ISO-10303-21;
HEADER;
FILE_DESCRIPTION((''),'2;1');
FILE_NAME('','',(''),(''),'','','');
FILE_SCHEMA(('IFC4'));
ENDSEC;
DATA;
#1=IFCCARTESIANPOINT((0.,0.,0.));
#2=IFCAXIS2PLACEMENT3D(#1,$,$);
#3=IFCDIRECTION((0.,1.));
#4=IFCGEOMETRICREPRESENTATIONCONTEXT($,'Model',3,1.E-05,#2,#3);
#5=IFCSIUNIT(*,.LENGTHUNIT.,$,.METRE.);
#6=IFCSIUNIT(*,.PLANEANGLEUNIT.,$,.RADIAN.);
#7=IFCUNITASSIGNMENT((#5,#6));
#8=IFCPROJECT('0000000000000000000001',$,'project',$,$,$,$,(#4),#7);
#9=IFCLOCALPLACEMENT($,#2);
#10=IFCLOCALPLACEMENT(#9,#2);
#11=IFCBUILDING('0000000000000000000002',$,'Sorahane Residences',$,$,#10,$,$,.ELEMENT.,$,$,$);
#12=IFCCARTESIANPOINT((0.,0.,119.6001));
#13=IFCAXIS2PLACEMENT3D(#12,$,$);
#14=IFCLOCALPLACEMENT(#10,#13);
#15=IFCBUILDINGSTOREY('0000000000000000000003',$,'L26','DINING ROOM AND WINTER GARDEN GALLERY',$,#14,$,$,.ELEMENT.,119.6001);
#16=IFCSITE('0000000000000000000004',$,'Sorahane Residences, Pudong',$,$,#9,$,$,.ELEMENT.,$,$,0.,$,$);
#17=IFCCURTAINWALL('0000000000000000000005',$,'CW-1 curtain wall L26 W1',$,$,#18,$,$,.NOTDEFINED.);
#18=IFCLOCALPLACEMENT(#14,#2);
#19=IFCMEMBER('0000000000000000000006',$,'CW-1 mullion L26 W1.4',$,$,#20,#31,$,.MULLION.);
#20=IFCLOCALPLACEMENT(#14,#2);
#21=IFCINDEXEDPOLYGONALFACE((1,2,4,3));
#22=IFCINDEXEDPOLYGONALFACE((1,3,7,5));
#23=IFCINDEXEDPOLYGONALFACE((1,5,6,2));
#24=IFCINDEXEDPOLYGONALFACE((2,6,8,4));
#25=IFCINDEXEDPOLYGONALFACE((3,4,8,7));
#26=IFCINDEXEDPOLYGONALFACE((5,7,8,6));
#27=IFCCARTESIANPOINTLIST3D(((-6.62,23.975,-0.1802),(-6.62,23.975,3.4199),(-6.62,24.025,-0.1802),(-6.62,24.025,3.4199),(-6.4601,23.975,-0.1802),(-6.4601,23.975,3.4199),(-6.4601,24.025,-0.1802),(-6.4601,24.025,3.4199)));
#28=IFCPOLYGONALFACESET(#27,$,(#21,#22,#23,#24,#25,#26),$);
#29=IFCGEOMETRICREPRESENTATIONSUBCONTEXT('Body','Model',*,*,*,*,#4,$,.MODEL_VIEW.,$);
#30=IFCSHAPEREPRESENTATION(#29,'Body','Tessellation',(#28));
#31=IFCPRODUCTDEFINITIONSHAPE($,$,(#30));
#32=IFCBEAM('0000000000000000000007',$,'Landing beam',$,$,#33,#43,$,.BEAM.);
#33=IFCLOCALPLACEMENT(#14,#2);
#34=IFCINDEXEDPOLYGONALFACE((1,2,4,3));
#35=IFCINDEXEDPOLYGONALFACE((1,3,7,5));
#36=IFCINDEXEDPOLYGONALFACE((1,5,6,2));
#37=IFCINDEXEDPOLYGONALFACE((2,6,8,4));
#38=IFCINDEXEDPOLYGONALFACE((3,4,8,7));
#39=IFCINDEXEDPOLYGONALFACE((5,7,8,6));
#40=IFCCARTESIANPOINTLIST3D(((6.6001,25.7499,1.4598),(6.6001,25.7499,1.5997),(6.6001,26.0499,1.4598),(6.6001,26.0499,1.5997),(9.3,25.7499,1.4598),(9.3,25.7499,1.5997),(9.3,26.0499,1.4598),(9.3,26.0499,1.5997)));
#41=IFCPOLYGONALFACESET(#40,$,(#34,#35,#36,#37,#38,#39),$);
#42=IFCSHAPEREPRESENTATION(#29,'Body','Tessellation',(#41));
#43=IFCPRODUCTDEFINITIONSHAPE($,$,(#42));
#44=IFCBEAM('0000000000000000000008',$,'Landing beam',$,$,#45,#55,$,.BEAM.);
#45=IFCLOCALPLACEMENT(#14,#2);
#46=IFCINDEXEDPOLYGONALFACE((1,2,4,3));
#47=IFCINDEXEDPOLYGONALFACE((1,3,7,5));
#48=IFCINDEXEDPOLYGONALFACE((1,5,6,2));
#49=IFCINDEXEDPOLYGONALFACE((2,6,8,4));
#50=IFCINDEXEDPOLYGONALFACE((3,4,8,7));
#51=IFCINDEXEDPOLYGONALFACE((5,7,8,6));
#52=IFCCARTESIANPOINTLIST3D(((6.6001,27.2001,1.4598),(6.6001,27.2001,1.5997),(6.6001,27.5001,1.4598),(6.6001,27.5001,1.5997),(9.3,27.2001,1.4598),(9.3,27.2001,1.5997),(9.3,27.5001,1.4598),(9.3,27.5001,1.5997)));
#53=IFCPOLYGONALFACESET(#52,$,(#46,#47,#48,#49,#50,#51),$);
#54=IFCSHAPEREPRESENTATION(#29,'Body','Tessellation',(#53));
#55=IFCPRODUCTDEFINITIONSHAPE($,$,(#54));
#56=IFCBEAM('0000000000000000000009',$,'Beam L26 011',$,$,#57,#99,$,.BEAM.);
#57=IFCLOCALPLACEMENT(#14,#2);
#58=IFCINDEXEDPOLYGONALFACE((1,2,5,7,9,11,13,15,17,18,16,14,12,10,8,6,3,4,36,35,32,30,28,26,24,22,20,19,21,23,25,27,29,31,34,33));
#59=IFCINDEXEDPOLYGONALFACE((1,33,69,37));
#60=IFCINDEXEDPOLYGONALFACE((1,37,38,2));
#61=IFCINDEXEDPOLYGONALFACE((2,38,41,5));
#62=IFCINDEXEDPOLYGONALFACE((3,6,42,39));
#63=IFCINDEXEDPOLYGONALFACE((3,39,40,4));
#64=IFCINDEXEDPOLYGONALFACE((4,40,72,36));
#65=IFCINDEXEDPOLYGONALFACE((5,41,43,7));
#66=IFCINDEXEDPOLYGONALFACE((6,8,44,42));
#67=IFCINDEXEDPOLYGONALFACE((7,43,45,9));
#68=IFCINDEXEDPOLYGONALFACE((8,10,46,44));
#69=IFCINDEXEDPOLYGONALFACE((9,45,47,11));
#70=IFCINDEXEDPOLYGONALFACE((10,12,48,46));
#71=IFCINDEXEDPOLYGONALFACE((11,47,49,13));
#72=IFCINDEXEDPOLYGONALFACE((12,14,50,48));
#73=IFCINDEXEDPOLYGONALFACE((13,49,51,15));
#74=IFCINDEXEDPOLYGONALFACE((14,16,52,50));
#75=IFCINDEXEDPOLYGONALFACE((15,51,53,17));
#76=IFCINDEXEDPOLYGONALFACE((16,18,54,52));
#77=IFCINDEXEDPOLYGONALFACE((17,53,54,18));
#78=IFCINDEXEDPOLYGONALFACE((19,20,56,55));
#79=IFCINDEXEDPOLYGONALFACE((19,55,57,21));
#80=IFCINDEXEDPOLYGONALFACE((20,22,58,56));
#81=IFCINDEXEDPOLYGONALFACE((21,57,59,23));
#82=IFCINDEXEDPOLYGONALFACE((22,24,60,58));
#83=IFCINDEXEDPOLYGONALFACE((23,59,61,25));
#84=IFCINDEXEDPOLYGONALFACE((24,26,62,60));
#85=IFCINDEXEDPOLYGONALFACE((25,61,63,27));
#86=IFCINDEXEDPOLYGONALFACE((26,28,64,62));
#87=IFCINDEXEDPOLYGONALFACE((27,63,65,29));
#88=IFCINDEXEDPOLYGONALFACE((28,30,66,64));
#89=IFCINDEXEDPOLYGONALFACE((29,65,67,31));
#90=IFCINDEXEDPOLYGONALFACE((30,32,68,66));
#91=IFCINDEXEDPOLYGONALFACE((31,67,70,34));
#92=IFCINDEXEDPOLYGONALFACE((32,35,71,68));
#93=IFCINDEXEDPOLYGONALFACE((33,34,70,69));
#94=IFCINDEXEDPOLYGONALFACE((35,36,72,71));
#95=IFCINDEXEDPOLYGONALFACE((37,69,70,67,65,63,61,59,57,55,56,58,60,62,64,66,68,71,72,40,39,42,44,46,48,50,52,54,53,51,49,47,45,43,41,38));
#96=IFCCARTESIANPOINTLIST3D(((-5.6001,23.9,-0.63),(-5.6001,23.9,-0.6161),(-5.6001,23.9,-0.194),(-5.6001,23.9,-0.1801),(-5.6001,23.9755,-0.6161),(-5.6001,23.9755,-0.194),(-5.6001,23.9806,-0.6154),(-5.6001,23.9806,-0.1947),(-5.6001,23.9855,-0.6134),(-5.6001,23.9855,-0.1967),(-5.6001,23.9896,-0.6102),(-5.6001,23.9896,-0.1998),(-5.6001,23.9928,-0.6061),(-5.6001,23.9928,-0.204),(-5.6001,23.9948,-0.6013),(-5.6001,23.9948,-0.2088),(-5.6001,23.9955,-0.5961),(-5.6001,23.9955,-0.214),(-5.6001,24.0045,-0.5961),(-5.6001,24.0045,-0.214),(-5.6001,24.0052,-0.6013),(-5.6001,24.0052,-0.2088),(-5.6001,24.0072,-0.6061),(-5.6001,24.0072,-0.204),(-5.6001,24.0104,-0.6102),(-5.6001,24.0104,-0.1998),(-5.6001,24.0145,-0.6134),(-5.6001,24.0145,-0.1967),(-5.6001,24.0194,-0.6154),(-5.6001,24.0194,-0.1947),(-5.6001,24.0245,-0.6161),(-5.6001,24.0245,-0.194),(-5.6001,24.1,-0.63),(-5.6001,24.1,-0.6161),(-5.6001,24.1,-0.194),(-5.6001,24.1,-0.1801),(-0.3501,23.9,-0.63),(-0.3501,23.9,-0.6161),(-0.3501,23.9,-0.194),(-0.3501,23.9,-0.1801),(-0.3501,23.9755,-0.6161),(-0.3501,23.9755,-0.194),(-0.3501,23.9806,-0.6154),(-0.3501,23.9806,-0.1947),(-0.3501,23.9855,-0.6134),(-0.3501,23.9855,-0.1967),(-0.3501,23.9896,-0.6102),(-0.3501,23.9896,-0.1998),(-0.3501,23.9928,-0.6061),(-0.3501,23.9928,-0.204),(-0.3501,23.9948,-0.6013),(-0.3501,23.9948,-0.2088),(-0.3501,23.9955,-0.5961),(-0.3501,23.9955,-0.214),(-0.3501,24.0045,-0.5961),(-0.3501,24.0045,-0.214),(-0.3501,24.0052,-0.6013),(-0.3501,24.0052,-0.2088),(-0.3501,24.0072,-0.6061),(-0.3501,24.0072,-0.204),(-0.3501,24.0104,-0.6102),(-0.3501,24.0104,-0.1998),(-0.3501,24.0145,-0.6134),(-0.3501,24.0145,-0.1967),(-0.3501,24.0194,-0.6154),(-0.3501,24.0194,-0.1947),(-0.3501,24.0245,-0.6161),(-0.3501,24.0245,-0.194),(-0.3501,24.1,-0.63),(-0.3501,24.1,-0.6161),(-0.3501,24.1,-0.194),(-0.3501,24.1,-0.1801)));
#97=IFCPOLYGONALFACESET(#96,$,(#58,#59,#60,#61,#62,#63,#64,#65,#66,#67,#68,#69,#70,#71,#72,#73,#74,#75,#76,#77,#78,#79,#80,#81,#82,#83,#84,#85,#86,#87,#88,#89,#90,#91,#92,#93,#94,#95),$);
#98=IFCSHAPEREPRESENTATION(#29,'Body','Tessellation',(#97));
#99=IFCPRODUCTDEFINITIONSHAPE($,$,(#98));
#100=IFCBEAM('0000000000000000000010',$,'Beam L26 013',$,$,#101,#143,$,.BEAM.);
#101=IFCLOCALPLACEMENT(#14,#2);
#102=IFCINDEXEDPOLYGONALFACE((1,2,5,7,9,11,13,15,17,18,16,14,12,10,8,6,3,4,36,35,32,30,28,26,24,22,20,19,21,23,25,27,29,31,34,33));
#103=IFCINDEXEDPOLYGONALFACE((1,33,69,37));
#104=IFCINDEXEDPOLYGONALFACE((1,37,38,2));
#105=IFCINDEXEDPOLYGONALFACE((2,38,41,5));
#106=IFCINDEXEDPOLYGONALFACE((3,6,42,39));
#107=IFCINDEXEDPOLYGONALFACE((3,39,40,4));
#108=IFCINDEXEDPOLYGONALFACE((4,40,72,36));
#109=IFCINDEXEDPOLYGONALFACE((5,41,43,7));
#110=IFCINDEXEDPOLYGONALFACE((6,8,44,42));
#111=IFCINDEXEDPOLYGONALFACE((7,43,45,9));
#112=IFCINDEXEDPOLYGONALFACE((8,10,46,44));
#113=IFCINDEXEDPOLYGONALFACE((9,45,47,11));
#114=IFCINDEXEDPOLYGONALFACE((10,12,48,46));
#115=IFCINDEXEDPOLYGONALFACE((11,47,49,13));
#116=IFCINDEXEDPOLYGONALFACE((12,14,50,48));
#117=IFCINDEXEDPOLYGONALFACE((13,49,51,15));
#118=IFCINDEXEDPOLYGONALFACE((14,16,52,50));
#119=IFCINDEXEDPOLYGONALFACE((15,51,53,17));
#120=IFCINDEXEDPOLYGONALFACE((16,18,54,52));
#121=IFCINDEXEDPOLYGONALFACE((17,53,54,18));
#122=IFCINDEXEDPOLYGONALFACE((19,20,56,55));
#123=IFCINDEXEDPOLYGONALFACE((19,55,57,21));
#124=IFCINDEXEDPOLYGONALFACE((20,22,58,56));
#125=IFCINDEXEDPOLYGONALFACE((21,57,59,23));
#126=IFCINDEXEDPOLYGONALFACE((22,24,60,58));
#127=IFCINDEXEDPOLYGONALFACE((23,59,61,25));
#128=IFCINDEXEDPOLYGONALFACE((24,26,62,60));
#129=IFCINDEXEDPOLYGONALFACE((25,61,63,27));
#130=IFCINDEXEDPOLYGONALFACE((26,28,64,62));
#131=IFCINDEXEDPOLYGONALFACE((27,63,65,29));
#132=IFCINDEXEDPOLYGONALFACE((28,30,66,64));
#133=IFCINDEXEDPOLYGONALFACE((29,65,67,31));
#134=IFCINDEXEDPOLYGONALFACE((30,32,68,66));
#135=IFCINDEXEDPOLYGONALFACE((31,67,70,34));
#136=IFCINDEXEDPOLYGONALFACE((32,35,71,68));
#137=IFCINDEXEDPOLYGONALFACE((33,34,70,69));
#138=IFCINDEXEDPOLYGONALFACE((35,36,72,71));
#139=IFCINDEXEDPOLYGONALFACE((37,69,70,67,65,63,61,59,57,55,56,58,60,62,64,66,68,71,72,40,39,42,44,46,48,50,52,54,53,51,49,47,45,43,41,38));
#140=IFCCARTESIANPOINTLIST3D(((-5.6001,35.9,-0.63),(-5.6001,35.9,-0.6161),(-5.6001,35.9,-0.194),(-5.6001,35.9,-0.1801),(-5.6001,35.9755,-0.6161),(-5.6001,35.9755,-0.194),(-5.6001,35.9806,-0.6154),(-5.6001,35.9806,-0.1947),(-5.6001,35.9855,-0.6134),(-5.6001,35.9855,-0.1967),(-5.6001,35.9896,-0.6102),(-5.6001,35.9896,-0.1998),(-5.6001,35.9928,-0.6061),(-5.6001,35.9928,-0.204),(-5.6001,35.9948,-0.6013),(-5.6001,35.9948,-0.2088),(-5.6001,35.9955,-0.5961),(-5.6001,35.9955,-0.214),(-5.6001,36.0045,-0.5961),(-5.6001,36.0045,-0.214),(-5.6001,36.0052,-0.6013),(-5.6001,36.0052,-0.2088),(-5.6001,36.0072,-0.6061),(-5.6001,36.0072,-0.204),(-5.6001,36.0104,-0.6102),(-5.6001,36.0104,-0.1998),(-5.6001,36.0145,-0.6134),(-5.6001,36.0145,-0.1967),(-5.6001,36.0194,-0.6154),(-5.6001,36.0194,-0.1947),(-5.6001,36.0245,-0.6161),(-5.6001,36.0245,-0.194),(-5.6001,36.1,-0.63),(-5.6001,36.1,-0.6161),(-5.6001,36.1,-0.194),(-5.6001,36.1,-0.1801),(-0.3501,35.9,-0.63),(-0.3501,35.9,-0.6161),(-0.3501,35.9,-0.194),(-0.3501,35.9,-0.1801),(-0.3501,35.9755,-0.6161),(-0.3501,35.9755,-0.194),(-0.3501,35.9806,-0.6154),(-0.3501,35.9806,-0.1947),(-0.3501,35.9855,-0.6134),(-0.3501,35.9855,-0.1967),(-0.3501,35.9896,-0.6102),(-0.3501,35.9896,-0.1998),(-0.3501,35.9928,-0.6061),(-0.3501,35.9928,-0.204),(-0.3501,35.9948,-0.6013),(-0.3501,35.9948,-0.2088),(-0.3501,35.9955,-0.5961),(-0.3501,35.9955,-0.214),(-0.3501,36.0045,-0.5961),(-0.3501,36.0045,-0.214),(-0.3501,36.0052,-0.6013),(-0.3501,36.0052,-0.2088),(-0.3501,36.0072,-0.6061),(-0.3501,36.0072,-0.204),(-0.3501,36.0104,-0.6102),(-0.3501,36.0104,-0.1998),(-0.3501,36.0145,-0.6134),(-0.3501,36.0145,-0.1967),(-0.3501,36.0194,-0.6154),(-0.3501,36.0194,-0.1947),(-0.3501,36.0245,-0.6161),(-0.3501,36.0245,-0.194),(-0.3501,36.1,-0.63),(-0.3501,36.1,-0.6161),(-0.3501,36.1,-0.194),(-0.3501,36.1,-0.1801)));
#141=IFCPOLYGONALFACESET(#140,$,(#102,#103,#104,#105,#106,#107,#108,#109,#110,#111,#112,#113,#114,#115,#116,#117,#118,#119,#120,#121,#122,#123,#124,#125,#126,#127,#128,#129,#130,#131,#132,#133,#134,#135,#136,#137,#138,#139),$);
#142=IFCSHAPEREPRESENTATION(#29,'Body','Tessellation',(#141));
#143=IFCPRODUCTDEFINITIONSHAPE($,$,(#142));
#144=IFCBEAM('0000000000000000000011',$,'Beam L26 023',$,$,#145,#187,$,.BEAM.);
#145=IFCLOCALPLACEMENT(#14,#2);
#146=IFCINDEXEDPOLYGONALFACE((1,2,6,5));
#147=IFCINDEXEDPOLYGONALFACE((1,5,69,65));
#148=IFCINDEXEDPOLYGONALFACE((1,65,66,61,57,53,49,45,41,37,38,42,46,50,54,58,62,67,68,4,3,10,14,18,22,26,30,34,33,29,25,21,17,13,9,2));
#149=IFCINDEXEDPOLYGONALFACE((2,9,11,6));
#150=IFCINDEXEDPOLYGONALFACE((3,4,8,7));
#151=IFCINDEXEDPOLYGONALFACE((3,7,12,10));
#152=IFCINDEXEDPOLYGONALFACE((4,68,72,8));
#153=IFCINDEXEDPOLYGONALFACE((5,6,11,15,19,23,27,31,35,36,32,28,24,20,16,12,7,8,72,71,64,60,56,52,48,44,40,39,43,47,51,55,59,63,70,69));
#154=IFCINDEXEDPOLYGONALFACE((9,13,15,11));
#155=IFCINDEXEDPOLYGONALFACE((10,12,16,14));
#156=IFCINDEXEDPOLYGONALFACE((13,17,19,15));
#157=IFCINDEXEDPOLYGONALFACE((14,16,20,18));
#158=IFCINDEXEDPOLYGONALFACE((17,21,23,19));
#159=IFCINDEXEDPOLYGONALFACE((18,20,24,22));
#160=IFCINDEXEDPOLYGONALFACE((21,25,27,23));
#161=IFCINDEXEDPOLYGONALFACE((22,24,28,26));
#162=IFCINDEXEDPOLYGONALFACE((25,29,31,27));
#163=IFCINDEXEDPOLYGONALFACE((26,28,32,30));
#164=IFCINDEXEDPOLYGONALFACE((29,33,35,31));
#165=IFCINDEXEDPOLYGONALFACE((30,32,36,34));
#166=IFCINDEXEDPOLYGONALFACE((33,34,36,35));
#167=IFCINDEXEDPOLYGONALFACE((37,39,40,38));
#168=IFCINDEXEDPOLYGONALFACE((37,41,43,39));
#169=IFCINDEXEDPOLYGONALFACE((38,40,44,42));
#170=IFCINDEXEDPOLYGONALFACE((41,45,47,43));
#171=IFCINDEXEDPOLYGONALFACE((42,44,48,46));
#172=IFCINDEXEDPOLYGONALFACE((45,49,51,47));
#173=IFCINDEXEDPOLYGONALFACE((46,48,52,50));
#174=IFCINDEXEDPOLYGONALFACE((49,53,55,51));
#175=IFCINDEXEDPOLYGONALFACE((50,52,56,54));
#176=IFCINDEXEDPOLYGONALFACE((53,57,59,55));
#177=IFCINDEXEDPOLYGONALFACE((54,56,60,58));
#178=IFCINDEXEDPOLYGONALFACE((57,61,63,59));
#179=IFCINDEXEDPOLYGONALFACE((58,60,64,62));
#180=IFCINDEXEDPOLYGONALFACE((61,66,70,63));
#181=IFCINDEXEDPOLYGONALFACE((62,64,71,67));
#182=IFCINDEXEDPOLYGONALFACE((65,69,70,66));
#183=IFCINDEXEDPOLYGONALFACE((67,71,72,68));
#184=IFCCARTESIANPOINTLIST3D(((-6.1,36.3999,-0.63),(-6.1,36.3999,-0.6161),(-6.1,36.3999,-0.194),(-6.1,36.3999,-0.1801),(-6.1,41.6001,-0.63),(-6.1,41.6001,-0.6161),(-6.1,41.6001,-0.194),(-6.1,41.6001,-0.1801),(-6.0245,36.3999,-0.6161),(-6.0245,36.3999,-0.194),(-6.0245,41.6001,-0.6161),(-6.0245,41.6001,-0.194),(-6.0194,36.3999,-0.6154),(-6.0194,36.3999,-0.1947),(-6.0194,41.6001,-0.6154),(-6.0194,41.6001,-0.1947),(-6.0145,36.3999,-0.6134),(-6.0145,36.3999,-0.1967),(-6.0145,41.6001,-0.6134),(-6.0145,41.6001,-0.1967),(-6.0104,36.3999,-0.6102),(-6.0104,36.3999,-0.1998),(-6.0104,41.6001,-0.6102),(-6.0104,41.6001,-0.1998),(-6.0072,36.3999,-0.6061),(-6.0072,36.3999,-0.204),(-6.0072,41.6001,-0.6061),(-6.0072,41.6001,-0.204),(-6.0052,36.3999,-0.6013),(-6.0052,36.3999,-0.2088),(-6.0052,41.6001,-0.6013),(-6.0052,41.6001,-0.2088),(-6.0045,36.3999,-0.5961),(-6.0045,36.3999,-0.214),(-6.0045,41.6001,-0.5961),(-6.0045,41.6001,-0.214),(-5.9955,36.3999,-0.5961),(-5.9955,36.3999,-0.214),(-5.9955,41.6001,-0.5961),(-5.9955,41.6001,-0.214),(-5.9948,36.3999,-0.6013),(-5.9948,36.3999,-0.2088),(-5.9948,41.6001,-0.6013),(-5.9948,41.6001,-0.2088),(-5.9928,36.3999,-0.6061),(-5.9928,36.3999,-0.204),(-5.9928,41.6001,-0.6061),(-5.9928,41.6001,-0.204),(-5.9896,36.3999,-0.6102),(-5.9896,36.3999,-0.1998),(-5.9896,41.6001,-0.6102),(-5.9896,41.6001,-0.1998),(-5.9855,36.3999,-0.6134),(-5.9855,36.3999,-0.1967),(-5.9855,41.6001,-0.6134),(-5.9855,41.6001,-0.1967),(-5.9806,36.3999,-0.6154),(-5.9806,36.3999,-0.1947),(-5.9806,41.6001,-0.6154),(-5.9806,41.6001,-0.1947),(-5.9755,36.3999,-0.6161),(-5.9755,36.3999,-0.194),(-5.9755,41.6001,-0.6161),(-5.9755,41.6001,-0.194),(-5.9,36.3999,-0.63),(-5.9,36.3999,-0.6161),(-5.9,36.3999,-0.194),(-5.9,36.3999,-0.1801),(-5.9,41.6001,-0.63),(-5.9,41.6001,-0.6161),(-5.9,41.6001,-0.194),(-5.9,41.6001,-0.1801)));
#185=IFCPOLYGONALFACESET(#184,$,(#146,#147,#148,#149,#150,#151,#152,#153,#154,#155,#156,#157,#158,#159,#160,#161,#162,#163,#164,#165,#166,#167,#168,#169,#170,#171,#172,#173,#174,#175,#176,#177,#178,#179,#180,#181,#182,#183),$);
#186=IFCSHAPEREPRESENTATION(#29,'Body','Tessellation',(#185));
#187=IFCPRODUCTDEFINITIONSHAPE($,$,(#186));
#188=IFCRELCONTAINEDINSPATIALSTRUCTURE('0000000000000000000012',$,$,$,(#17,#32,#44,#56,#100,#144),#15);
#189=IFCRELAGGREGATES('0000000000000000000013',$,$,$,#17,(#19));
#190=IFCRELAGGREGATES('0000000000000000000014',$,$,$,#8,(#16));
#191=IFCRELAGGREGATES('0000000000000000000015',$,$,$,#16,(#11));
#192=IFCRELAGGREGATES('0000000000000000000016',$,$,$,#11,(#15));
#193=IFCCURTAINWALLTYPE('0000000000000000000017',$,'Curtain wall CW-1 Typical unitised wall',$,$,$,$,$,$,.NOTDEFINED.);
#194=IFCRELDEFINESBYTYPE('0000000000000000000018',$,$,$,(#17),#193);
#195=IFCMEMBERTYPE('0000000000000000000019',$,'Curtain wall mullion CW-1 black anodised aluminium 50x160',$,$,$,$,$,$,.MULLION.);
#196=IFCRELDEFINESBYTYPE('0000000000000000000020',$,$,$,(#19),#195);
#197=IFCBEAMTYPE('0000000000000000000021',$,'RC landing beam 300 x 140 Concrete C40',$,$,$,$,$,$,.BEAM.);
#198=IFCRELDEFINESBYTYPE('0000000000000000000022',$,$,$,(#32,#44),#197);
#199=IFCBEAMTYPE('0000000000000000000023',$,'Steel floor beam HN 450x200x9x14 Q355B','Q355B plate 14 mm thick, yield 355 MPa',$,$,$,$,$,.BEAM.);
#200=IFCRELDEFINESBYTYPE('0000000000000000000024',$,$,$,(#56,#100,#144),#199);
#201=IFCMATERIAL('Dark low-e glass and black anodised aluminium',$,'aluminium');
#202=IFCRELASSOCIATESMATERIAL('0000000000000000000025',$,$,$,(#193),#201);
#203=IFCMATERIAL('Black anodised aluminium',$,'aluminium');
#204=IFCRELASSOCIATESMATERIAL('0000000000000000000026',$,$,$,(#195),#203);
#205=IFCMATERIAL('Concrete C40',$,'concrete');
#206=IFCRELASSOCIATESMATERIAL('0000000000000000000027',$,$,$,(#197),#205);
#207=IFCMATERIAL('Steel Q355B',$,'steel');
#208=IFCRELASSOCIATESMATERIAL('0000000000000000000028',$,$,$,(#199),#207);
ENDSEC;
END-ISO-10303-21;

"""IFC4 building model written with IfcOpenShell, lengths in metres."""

from ifc_helpers import new_model, si_unit, direction, frame, origin, origin_2d, place, context, subcontext, project, spatial, rectangle, i_section, extrude, material, material_profile, profile_set, type_object, element, aggregate, save


model = new_model("IFC4")

# Units and contexts
model_context = context("Model", 3, precision=1e-05, world=origin(), true_north=direction((0.0, 1.0)))
body_context = subcontext(model_context, "Body", "Model", "MODEL_VIEW")
ifc_project = project(units=[si_unit("LENGTHUNIT", "METRE"), si_unit("PLANEANGLEUNIT", "RADIAN")], contexts=[model_context])

# Site, building, storey
site_placement = place(None, origin())
site = spatial("IfcSite", under=ifc_project, at=site_placement, Name="Sorahane Residences, Pudong", CompositionType="ELEMENT", RefElevation=0.0)
building_placement = place(site_placement, origin())
building = spatial("IfcBuilding", under=site, at=building_placement, Name="Sorahane Residences", CompositionType="ELEMENT")
storey_placement = place(building_placement, frame((0.0, 0.0, 119.6001)))
storey = spatial("IfcBuildingStorey", under=building, at=storey_placement, Name="L26", Description="DINING ROOM AND WINTER GARDEN GALLERY", CompositionType="ELEMENT", Elevation=119.6001)

# Curtain wall, member
ifc_material_1 = material(Name="Dark low-e glass and black anodised aluminium", Category="aluminium")
curtain_wall_type = type_object("IfcCurtainWallType", Name="Curtain wall CW-1 Typical unitised wall", PredefinedType="NOTDEFINED", material=ifc_material_1)
curtain_wall_placement = place(storey_placement, origin())
curtain_wall = element("IfcCurtainWall", 1, at=curtain_wall_placement, inside=storey, type_object=curtain_wall_type, Name="CW-1 curtain wall L26 W1", PredefinedType="NOTDEFINED")
ifc_material_2 = material(Name="Black anodised aluminium", Category="aluminium")
ifc_material_profile_1 = material_profile(ifc_material_2, rectangle(XDim=0.1599, YDim=0.05, at=origin_2d()), Name="Curtain wall mullion CW-1 black anodised aluminium 50x160")
ifc_profile_set_1 = profile_set([ifc_material_profile_1], Name="Black anodised aluminium")
member_type_1 = type_object("IfcMemberType", Name="Curtain wall mullion CW-1 black anodised aluminium 50x160", PredefinedType="MULLION", material=ifc_profile_set_1)
member_1_placement = place(storey_placement, frame((-6.54, 24.0, -0.1802), z_axis=(0.0, 0.0, 1.0), x_axis=(-1.0, 0.0, 0.0)))
member_1 = element("IfcMember", 2, at=member_1_placement, type_object=member_type_1, Name="CW-1 mullion L26 W1.4", PredefinedType="MULLION", context=body_context, shape_type="SweptSolid", body=[
    extrude(rectangle(XDim=0.1599, YDim=0.05, at=origin_2d()), origin(), (0.0, 0.0, 1.0), 3.6001),
])

# Beams
ifc_material_3 = material(Name="Concrete C40", Category="concrete")
ifc_material_profile_2 = material_profile(ifc_material_3, rectangle(XDim=0.3, YDim=0.1399, at=origin_2d()), Name="300x140")
ifc_profile_set_2 = profile_set([ifc_material_profile_2], Name="Concrete C40")
beam_type_1 = type_object("IfcBeamType", Name="RC landing beam 300 x 140 Concrete C40", PredefinedType="BEAM", material=ifc_profile_set_2)
for number, where, z_axis, x_axis, name in (
    (3, (6.6001, 25.8999, 1.5298), (1.0, 0.0, 0.0), (0.0, 1.0, 0.0), "Landing beam"),
    (4, (6.6001, 27.3501, 1.5298), (1.0, 0.0, 0.0), (0.0, 1.0, 0.0), "Landing beam"),
):
    element("IfcBeam", number, at=place(storey_placement, frame(where, z_axis=z_axis, x_axis=x_axis)), inside=storey, type_object=beam_type_1, Name=name, PredefinedType="BEAM", context=body_context, shape_type="SweptSolid", body=[
        extrude(rectangle(XDim=0.3, YDim=0.1399, at=origin_2d()), origin(), (0.0, 0.0, 1.0), 2.7),
    ])
ifc_material_4 = material(Name="Steel Q355B", Category="steel")
ifc_material_profile_3 = material_profile(ifc_material_4, i_section(OverallWidth=0.2, OverallDepth=0.45, WebThickness=0.009, FlangeThickness=0.0139, FilletRadius=0.02, at=origin_2d()), Name="HN 450x200x9x14")
ifc_profile_set_3 = profile_set([ifc_material_profile_3], Name="Steel Q355B")
beam_type_2 = type_object("IfcBeamType", Name="Steel floor beam HN 450x200x9x14 Q355B", Description="Q355B plate 14 mm thick, yield 355 MPa", PredefinedType="BEAM", material=ifc_profile_set_3)
for number, where, z_axis, x_axis, name in (
    (5, (-5.6001, 24.0, -0.405), (1.0, 0.0, 0.0), (0.0, 1.0, 0.0), "Beam L26 011"),
    (6, (-5.6001, 36.0, -0.405), (1.0, 0.0, 0.0), (0.0, 1.0, 0.0), "Beam L26 013"),
):
    element("IfcBeam", number, at=place(storey_placement, frame(where, z_axis=z_axis, x_axis=x_axis)), inside=storey, type_object=beam_type_2, Name=name, PredefinedType="BEAM", context=body_context, shape_type="SweptSolid", body=[
        extrude(i_section(OverallWidth=0.2, OverallDepth=0.45, WebThickness=0.009, FlangeThickness=0.0139, FilletRadius=0.02, at=origin_2d()), origin(), (0.0, 0.0, 1.0), 5.25),
    ])
beam_1_placement = place(storey_placement, frame((-6.0, 36.3999, -0.405), z_axis=(0.0, 1.0, 0.0), x_axis=(-1.0, 0.0, 0.0)))
element("IfcBeam", 7, at=beam_1_placement, inside=storey, type_object=beam_type_2, Name="Beam L26 023", PredefinedType="BEAM", context=body_context, shape_type="SweptSolid", body=[
    extrude(i_section(OverallWidth=0.2, OverallDepth=0.45, WebThickness=0.009, FlangeThickness=0.0139, FilletRadius=0.02, at=origin_2d()), origin(), (0.0, 0.0, 1.0), 5.2002),
])

aggregate(curtain_wall, [member_1])

save(model, "model.ifc")
